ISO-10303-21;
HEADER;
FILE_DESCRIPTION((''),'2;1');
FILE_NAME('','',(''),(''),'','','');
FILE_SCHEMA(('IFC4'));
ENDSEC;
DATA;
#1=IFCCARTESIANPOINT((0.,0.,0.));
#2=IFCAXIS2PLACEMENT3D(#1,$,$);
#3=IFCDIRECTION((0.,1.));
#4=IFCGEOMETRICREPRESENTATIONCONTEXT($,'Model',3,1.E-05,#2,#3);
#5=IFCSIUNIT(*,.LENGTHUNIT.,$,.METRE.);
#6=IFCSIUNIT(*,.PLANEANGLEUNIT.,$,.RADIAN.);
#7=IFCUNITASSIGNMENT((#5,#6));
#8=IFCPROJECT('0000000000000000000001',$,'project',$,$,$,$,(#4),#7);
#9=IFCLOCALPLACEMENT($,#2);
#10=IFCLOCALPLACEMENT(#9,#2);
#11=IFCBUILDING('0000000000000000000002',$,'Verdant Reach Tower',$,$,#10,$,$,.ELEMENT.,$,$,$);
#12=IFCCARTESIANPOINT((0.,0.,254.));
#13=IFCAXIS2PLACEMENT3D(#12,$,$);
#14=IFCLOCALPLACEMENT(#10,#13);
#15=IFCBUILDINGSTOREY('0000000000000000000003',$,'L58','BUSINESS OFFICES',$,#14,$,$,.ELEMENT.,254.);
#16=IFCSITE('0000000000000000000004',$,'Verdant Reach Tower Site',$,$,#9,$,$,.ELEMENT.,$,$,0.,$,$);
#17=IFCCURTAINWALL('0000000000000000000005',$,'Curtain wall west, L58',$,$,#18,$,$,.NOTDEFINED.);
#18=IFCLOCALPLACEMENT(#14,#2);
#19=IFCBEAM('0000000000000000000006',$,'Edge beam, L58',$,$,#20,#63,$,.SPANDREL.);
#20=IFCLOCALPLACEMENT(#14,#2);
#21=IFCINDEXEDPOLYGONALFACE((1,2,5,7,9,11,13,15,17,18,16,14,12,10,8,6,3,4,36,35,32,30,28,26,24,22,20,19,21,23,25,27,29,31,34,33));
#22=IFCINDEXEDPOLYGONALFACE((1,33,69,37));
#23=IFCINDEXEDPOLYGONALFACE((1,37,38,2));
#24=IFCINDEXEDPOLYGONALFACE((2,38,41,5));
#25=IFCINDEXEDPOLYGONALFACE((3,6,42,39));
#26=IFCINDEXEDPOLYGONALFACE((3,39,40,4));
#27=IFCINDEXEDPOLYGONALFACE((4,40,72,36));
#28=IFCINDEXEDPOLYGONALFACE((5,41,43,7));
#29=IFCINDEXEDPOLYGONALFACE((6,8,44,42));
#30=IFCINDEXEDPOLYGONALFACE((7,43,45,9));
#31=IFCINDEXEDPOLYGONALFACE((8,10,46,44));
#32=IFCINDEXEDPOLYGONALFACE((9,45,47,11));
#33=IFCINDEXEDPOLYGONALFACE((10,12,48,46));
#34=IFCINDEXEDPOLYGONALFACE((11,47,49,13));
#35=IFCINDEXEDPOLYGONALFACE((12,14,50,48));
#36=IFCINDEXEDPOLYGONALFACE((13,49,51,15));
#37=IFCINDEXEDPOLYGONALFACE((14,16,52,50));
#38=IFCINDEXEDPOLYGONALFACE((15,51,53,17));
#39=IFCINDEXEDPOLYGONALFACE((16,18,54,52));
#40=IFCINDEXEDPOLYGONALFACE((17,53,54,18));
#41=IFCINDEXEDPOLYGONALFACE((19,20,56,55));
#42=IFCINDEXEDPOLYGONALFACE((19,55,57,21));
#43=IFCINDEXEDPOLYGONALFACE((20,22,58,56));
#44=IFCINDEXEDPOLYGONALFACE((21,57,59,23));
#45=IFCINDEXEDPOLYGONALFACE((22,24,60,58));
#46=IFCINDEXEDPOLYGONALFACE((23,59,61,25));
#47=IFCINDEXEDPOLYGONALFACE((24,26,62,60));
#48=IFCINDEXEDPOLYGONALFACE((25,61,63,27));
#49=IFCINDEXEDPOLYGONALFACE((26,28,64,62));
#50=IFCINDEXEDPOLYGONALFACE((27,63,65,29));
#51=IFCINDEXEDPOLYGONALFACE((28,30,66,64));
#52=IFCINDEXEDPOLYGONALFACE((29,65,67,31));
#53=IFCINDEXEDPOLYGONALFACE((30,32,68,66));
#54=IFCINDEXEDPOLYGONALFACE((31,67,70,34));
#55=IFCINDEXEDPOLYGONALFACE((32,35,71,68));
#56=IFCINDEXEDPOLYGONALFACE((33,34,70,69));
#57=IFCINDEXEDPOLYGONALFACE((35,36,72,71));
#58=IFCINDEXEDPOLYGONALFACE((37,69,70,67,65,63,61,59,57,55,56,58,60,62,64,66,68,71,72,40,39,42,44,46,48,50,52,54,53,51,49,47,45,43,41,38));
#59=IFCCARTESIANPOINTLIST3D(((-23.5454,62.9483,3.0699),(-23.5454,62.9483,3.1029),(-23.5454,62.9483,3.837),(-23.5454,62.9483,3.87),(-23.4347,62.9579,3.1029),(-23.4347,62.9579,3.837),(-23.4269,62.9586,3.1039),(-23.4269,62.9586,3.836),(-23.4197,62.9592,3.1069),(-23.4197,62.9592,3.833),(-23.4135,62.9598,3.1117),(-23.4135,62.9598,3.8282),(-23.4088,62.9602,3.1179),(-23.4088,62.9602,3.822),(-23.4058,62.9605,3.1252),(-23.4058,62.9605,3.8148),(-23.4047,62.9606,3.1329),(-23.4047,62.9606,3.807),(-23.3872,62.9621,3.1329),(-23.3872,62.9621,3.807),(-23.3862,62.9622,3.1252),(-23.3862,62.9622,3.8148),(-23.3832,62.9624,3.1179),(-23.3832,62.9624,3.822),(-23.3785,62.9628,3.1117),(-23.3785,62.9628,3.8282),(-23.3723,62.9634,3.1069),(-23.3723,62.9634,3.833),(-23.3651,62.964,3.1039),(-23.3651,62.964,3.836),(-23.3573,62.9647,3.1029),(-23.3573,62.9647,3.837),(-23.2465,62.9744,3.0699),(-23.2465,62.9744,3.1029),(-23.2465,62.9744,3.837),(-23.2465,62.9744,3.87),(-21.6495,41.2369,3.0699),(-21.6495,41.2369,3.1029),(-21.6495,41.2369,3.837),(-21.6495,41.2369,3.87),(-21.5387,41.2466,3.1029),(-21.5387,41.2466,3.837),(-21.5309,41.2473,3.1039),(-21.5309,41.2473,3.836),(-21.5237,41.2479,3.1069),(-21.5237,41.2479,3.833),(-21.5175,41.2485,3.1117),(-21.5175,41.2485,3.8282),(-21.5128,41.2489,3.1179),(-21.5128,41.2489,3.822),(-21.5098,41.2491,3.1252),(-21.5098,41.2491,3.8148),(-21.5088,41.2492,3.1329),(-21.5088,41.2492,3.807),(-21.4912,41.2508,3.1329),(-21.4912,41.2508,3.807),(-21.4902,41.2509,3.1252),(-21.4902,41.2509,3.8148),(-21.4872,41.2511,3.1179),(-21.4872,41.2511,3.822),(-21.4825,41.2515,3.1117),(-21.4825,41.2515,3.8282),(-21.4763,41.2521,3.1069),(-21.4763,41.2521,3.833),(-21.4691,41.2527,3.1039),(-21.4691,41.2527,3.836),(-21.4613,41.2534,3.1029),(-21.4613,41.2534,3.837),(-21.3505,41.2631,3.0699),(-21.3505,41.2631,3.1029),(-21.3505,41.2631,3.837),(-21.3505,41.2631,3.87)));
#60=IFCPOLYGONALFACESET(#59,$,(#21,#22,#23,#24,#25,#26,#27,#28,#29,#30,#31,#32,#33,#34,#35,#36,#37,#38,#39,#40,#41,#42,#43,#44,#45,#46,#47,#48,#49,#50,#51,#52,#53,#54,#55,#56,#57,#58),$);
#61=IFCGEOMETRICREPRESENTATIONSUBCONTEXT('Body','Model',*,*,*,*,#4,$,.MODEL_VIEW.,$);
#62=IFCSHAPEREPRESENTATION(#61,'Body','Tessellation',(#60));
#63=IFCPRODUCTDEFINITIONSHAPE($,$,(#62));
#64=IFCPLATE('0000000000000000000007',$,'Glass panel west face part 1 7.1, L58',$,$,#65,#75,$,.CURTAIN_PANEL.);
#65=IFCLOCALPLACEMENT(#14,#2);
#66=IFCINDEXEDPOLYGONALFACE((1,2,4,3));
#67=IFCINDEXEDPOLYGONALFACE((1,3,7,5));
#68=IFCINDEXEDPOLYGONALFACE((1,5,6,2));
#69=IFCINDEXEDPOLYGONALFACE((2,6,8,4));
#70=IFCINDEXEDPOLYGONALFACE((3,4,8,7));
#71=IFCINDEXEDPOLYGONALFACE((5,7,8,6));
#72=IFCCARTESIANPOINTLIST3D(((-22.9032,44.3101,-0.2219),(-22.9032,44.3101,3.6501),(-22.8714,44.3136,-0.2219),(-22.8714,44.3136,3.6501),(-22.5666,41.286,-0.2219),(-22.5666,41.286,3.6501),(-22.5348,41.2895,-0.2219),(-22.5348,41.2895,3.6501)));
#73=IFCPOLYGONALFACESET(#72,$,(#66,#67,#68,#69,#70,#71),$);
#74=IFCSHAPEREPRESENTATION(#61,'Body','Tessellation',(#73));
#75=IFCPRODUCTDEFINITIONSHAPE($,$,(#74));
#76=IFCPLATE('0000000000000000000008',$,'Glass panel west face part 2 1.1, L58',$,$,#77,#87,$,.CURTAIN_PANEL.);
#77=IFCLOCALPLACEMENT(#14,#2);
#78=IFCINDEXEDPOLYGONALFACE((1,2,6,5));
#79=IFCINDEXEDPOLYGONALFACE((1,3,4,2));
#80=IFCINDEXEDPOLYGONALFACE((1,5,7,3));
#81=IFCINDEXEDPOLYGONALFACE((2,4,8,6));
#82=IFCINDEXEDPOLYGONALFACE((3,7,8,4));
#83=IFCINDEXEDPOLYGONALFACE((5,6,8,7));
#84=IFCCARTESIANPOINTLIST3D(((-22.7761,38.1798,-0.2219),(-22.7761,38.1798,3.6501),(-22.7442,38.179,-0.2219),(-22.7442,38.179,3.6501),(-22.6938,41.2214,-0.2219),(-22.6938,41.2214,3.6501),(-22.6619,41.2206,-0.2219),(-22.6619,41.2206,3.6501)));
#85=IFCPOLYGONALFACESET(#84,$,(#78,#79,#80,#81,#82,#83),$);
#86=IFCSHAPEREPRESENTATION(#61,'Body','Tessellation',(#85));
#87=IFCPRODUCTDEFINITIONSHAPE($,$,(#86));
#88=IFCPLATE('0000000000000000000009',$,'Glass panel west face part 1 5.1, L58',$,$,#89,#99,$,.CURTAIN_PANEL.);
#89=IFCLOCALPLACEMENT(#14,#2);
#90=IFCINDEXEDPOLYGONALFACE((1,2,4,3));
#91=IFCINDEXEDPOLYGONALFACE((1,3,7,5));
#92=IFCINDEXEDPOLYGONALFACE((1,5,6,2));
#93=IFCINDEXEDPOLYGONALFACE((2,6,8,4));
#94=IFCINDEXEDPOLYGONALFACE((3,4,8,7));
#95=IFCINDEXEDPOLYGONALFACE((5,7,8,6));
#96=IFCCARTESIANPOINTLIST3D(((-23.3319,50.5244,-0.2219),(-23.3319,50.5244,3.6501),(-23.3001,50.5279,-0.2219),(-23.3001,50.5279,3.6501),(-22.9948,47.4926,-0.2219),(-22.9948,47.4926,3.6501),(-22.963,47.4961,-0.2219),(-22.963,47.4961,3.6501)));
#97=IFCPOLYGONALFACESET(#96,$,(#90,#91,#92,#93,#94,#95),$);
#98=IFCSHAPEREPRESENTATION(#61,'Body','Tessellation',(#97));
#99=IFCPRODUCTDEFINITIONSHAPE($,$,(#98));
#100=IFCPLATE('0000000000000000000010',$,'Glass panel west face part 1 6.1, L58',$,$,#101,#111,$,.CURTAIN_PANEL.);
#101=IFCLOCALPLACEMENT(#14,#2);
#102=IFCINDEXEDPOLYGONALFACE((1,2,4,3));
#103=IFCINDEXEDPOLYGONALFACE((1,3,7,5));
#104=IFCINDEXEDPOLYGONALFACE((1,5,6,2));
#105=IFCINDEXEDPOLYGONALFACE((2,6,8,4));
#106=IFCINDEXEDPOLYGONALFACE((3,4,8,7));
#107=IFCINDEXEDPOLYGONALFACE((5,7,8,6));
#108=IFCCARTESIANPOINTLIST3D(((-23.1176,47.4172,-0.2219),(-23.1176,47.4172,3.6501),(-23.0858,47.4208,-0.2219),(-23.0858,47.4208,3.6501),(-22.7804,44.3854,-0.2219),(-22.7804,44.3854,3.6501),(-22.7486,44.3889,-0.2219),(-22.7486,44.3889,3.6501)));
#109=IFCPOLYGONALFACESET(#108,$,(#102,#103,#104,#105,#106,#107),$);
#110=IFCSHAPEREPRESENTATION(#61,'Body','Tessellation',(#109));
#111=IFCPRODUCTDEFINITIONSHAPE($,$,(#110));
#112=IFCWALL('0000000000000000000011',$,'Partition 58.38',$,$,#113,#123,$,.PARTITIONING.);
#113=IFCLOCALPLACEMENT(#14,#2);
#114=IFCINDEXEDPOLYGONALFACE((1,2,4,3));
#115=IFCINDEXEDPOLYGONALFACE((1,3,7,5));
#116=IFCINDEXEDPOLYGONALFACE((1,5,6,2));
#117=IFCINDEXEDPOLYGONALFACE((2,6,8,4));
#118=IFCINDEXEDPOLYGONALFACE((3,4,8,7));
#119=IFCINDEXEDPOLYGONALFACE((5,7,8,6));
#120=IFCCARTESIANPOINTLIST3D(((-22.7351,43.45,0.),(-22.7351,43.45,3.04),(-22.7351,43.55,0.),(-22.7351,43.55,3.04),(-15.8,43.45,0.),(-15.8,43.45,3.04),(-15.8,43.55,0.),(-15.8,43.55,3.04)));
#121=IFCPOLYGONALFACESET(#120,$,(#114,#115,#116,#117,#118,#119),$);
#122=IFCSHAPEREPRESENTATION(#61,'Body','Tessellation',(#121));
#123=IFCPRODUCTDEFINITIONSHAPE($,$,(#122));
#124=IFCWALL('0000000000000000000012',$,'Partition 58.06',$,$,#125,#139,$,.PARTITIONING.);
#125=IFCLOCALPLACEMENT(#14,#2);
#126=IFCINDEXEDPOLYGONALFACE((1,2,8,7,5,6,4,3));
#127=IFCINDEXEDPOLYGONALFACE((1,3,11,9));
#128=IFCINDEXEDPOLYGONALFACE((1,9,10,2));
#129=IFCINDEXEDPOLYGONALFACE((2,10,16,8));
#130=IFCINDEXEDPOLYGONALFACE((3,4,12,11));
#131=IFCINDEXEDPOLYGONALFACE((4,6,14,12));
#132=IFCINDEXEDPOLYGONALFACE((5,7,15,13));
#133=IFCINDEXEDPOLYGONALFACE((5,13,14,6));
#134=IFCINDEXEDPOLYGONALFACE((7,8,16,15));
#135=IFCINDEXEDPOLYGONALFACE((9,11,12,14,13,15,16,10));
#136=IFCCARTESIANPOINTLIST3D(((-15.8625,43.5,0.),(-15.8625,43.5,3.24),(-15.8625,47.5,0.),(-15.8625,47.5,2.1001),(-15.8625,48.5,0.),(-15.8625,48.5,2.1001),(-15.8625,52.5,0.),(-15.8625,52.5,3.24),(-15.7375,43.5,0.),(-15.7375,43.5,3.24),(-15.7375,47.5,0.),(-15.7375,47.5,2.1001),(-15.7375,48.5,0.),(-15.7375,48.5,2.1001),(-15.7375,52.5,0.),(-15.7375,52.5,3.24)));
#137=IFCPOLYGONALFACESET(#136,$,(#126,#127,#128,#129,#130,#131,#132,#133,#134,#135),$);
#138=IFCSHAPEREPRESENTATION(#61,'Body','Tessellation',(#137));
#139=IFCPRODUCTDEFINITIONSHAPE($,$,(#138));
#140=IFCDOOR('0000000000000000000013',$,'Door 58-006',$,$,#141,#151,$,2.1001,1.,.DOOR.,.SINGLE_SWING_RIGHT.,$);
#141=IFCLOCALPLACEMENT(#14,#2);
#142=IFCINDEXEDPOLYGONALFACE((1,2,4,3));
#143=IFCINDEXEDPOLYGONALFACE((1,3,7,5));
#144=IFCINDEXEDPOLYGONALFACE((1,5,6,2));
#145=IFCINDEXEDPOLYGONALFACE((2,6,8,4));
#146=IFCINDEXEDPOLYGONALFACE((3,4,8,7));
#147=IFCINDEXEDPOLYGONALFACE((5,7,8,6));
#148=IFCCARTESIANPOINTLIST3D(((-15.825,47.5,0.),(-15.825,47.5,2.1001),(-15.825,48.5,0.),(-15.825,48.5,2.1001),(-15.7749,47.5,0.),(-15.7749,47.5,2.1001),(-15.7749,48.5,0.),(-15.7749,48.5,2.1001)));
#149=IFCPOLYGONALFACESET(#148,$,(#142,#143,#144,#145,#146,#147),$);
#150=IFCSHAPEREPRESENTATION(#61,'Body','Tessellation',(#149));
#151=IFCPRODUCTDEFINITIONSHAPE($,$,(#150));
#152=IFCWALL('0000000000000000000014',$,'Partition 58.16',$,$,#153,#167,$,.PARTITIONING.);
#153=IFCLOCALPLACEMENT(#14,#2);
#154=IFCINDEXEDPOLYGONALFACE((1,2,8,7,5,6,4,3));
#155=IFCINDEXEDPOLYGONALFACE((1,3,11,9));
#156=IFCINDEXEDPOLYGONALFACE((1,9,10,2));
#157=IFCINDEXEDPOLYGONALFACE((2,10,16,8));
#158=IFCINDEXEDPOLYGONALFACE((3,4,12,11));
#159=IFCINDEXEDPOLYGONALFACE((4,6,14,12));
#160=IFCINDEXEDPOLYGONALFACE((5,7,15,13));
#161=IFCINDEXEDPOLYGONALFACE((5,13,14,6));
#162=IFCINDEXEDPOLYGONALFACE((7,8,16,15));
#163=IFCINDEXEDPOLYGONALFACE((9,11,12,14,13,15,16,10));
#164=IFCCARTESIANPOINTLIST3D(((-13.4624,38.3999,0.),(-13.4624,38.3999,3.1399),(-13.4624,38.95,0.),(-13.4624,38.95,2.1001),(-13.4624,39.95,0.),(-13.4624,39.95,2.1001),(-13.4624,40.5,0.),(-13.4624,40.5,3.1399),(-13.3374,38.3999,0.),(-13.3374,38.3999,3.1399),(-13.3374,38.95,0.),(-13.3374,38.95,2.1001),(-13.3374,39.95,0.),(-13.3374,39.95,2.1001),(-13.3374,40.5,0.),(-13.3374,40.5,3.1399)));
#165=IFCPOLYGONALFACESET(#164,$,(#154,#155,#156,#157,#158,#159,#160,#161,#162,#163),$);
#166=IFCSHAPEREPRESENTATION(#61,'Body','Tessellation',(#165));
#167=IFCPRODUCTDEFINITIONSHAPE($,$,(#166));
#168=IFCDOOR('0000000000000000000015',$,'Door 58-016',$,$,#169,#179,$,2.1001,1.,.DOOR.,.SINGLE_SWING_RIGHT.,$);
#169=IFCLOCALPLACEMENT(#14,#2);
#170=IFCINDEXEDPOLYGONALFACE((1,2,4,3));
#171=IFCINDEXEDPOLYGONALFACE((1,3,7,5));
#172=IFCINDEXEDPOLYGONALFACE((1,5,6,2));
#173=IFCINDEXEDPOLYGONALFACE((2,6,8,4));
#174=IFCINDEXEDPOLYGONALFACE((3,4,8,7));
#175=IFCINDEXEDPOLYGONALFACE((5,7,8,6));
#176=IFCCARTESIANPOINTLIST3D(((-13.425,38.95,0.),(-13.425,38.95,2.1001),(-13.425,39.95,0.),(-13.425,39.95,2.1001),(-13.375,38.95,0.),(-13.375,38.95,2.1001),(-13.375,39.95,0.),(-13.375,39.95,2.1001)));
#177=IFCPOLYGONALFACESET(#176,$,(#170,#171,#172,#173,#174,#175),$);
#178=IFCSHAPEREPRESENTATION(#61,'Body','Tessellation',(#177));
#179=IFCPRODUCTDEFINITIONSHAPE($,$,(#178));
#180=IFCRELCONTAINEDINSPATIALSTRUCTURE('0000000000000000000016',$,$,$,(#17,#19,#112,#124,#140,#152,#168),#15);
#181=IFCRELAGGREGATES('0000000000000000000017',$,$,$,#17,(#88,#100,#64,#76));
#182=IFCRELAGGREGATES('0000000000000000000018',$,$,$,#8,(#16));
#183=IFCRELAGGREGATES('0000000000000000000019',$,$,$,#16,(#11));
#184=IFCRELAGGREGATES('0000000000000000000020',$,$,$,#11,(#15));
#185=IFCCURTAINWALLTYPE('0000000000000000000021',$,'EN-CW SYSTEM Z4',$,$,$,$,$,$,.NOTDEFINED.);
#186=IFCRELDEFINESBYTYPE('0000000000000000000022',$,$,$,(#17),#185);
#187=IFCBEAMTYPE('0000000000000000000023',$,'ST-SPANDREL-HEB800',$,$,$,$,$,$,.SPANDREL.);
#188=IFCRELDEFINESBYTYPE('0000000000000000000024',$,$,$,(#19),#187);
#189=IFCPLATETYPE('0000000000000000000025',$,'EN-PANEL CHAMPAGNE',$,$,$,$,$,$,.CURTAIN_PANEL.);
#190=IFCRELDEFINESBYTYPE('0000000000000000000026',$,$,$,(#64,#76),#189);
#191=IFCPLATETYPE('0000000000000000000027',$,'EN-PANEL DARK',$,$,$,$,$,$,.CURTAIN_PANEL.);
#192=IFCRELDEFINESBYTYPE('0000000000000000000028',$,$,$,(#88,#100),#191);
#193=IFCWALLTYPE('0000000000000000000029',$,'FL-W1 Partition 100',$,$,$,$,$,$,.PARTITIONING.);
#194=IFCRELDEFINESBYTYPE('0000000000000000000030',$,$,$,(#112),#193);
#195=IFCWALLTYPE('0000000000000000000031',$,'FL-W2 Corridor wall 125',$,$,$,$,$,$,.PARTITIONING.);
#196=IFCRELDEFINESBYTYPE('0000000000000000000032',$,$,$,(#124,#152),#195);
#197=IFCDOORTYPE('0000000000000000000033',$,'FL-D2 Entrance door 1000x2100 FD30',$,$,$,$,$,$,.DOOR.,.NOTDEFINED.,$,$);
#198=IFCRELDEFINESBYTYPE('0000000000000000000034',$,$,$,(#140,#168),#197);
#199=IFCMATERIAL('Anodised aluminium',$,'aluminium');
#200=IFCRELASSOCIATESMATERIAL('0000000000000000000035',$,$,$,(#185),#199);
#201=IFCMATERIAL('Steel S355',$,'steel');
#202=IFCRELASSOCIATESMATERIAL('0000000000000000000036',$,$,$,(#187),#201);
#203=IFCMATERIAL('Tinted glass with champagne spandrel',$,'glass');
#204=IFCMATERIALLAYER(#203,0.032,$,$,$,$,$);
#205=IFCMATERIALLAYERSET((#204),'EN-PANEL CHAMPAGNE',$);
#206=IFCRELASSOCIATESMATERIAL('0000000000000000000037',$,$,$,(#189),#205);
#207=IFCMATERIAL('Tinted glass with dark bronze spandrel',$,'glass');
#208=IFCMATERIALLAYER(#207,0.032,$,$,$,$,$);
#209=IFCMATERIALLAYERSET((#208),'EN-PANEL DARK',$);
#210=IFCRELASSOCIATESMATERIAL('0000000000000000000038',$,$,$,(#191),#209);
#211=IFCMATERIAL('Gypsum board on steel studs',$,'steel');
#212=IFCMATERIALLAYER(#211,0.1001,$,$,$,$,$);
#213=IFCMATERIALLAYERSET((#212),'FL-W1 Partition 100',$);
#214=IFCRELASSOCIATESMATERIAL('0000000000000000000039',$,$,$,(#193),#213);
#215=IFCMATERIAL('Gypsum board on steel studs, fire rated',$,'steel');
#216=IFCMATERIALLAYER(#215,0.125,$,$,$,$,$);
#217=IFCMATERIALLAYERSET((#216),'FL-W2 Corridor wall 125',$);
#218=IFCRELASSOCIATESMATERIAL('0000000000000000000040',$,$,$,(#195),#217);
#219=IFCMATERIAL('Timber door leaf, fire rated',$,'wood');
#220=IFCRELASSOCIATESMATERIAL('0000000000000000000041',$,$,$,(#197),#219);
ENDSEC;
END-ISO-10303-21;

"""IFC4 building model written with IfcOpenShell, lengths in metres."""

from ifc_helpers import new_model, si_unit, direction, frame, frame_2d, origin, origin_2d, place, context, subcontext, project, spatial, rectangle, i_section, extrude, material, layer, layer_set, material_profile, profile_set, type_object, element, fill, aggregate, save


model = new_model("IFC4")

# Units and contexts
model_context = context("Model", 3, precision=1e-05, world=origin(), true_north=direction((0.0, 1.0)))
body_context = subcontext(model_context, "Body", "Model", "MODEL_VIEW")
ifc_project = project(units=[si_unit("LENGTHUNIT", "METRE"), si_unit("PLANEANGLEUNIT", "RADIAN")], contexts=[model_context])

# Site, building, storey
site_placement = place(None, origin())
site = spatial("IfcSite", under=ifc_project, at=site_placement, Name="Verdant Reach Tower Site", CompositionType="ELEMENT", RefElevation=0.0)
building_placement = place(site_placement, origin())
building = spatial("IfcBuilding", under=site, at=building_placement, Name="Verdant Reach Tower", CompositionType="ELEMENT")
storey_placement = place(building_placement, frame((0.0, 0.0, 254.0)))
storey = spatial("IfcBuildingStorey", under=building, at=storey_placement, Name="L58", Description="BUSINESS OFFICES", CompositionType="ELEMENT", Elevation=254.0)

# Curtain wall
ifc_material_1 = material(Name="Anodised aluminium", Category="aluminium")
curtain_wall_type = type_object("IfcCurtainWallType", Name="EN-CW SYSTEM Z4", PredefinedType="NOTDEFINED", material=ifc_material_1)
curtain_wall_placement = place(storey_placement, origin())
curtain_wall = element("IfcCurtainWall", 1, at=curtain_wall_placement, inside=storey, type_object=curtain_wall_type, Name="Curtain wall west, L58", PredefinedType="NOTDEFINED")

# Beam
ifc_material_2 = material(Name="Steel S355", Category="steel")
ifc_material_profile_1 = material_profile(ifc_material_2, i_section(OverallWidth=0.3, OverallDepth=0.8, WebThickness=0.0176, FlangeThickness=0.033, FilletRadius=0.03, at=origin_2d()), Name="HEB 800")
ifc_profile_set_1 = profile_set([ifc_material_profile_1], Name="Steel S355")
beam_type_1 = type_object("IfcBeamType", Name="ST-SPANDREL-HEB800", PredefinedType="SPANDREL", material=ifc_profile_set_1)
beam_1_placement = place(storey_placement, frame((-21.5, 41.25, 3.47), z_axis=(-0.086996, 0.996209, 0.0), x_axis=(-0.996209, -0.086996, 0.0)))
element("IfcBeam", 2, at=beam_1_placement, inside=storey, type_object=beam_type_1, Name="Edge beam, L58", PredefinedType="SPANDREL", context=body_context, shape_type="SweptSolid", body=[
    extrude(i_section(OverallWidth=0.3, OverallDepth=0.8, WebThickness=0.0176, FlangeThickness=0.033, FilletRadius=0.03, at=origin_2d()), origin(), (0.0, 0.0, 1.0), 21.7939),
])

# Plates
ifc_material_3 = material(Name="Tinted glass with champagne spandrel", Category="glass")
ifc_layer_1 = layer(ifc_material_3, 0.032)
ifc_layer_set_1 = layer_set([ifc_layer_1], Name="EN-PANEL CHAMPAGNE")
plate_type_1 = type_object("IfcPlateType", Name="EN-PANEL CHAMPAGNE", PredefinedType="CURTAIN_PANEL", material=ifc_layer_set_1)
plate_1_placement = place(storey_placement, frame((-22.719, 42.7998, -0.2219), z_axis=(0.0, 0.0, 1.0), x_axis=(0.110603, -0.993865, 0.0)))
plate_1 = element("IfcPlate", 3, at=plate_1_placement, type_object=plate_type_1, Name="Glass panel west face part 1 7.1, L58", PredefinedType="CURTAIN_PANEL", context=body_context, shape_type="SweptSolid", body=[
    extrude(rectangle(XDim=3.0427, YDim=0.032, at=origin_2d()), origin(), (0.0, 0.0, 1.0), 3.8721),
])
plate_2_placement = place(storey_placement, frame((-22.719, 39.7002, -0.2219), z_axis=(0.0, 0.0, 1.0), x_axis=(-0.027051, -0.999634, 0.0)))
plate_2 = element("IfcPlate", 4, at=plate_2_placement, type_object=plate_type_1, Name="Glass panel west face part 2 1.1, L58", PredefinedType="CURTAIN_PANEL", context=body_context, shape_type="SweptSolid", body=[
    extrude(rectangle(XDim=3.0427, YDim=0.032, at=origin_2d()), origin(), (0.0, 0.0, 1.0), 3.8721),
])
ifc_material_4 = material(Name="Tinted glass with dark bronze spandrel", Category="glass")
ifc_layer_2 = layer(ifc_material_4, 0.032)
ifc_layer_set_2 = layer_set([ifc_layer_2], Name="EN-PANEL DARK")
plate_type_2 = type_object("IfcPlateType", Name="EN-PANEL DARK", PredefinedType="CURTAIN_PANEL", material=ifc_layer_set_2)
plate_3_placement = place(storey_placement, frame((-23.1475, 49.0103, -0.2219), z_axis=(0.0, 0.0, 1.0), x_axis=(0.110518, -0.993874, 0.0)))
plate_3 = element("IfcPlate", 5, at=plate_3_placement, type_object=plate_type_2, Name="Glass panel west face part 1 5.1, L58", PredefinedType="CURTAIN_PANEL", context=body_context, shape_type="SweptSolid", body=[
    extrude(rectangle(XDim=3.0505, YDim=0.032, at=origin_2d()), origin(), (0.0, 0.0, 1.0), 3.8721),
])
plate_4_placement = place(storey_placement, frame((-22.9331, 45.9031, -0.2219), z_axis=(0.0, 0.0, 1.0), x_axis=(0.110518, -0.993874, 0.0)))
plate_4 = element("IfcPlate", 6, at=plate_4_placement, type_object=plate_type_2, Name="Glass panel west face part 1 6.1, L58", PredefinedType="CURTAIN_PANEL", context=body_context, shape_type="SweptSolid", body=[
    extrude(rectangle(XDim=3.0505, YDim=0.032, at=origin_2d()), origin(), (0.0, 0.0, 1.0), 3.8721),
])
aggregate(curtain_wall, [plate_3, plate_4, plate_1, plate_2])

# Wall
ifc_material_5 = material(Name="Gypsum board on steel studs", Category="steel")
ifc_layer_3 = layer(ifc_material_5, 0.1001)
ifc_layer_set_3 = layer_set([ifc_layer_3], Name="FL-W1 Partition 100")
wall_type_1 = type_object("IfcWallType", Name="FL-W1 Partition 100", PredefinedType="PARTITIONING", material=ifc_layer_set_3)
wall_1_placement = place(storey_placement, frame((-15.8, 43.5, 0.0), z_axis=(0.0, 0.0, 1.0), x_axis=(-1.0, 0.0, 0.0)))
element("IfcWall", 7, at=wall_1_placement, inside=storey, type_object=wall_type_1, Name="Partition 58.38", PredefinedType="PARTITIONING", context=body_context, shape_type="SweptSolid", body=[
    extrude(rectangle(XDim=6.9351, YDim=0.1001, at=frame_2d((3.4675, 0.0))), origin(), (0.0, 0.0, 1.0), 3.04),
])

# Walls, openings, doors
ifc_material_6 = material(Name="Gypsum board on steel studs, fire rated", Category="steel")
ifc_layer_4 = layer(ifc_material_6, 0.125)
ifc_layer_set_4 = layer_set([ifc_layer_4], Name="FL-W2 Corridor wall 125")
wall_type_2 = type_object("IfcWallType", Name="FL-W2 Corridor wall 125", PredefinedType="PARTITIONING", material=ifc_layer_set_4)
wall_2_placement = place(storey_placement, frame((-15.8, 43.5, 0.0), z_axis=(0.0, 0.0, 1.0), x_axis=(0.0, 1.0, 0.0)))
wall_2 = element("IfcWall", 8, at=wall_2_placement, inside=storey, type_object=wall_type_2, Name="Partition 58.06", PredefinedType="PARTITIONING", context=body_context, shape_type="SweptSolid", body=[
    extrude(rectangle(XDim=9.0, YDim=0.125, at=frame_2d((4.5, 0.0))), origin(), (0.0, 0.0, 1.0), 3.24),
])
opening_1_placement = place(wall_2_placement, frame((4.0, 0.0, 0.0)))
opening_1 = element("IfcOpeningElement", 9, at=opening_1_placement, cuts=wall_2, PredefinedType="OPENING", context=body_context, shape_type="SweptSolid", body=[
    extrude(rectangle(XDim=1.0, YDim=2.1001, at=frame_2d((0.5, 1.05))), frame((0.0, 0.0725, 0.0), z_axis=(0.0, -1.0, 0.0), x_axis=(1.0, 0.0, 0.0)), (0.0, 0.0, 1.0), 0.145),
])
ifc_material_7 = material(Name="Timber door leaf, fire rated", Category="wood")
door_type = type_object("IfcDoorType", Name="FL-D2 Entrance door 1000x2100 FD30", OperationType="NOTDEFINED", PredefinedType="DOOR", material=ifc_material_7)
door_1_placement = place(opening_1_placement, origin())
door_1 = element("IfcDoor", 10, at=door_1_placement, inside=storey, type_object=door_type, Name="Door 58-006", OperationType="SINGLE_SWING_RIGHT", OverallHeight=2.1001, OverallWidth=1.0, PredefinedType="DOOR", context=body_context, shape_type="SweptSolid", body=[
    extrude(rectangle(XDim=1.0, YDim=2.1001, at=frame_2d((0.5, 1.05))), frame((0.0, 0.0249, 0.0), z_axis=(0.0, -1.0, 0.0), x_axis=(1.0, 0.0, 0.0)), (0.0, 0.0, 1.0), 0.05),
])
fill(opening_1, door_1)
wall_3_placement = place(storey_placement, frame((-13.3999, 40.5, 0.0), z_axis=(0.0, 0.0, 1.0), x_axis=(0.0, -1.0, 0.0)))
wall_3 = element("IfcWall", 11, at=wall_3_placement, inside=storey, type_object=wall_type_2, Name="Partition 58.16", PredefinedType="PARTITIONING", context=body_context, shape_type="SweptSolid", body=[
    extrude(rectangle(XDim=2.1001, YDim=0.125, at=frame_2d((1.05, 0.0))), origin(), (0.0, 0.0, 1.0), 3.1399),
])
opening_2_placement = place(wall_3_placement, frame((0.55, 0.0, 0.0)))
opening_2 = element("IfcOpeningElement", 12, at=opening_2_placement, cuts=wall_3, PredefinedType="OPENING", context=body_context, shape_type="SweptSolid", body=[
    extrude(rectangle(XDim=1.0, YDim=2.1001, at=frame_2d((0.5, 1.05))), frame((0.0, 0.0725, 0.0), z_axis=(0.0, -1.0, 0.0), x_axis=(1.0, 0.0, 0.0)), (0.0, 0.0, 1.0), 0.145),
])
door_2_placement = place(opening_2_placement, origin())
door_2 = element("IfcDoor", 13, at=door_2_placement, inside=storey, type_object=door_type, Name="Door 58-016", OperationType="SINGLE_SWING_RIGHT", OverallHeight=2.1001, OverallWidth=1.0, PredefinedType="DOOR", context=body_context, shape_type="SweptSolid", body=[
    extrude(rectangle(XDim=1.0, YDim=2.1001, at=frame_2d((0.5, 1.05))), frame((0.0, 0.0249, 0.0), z_axis=(0.0, -1.0, 0.0), x_axis=(1.0, 0.0, 0.0)), (0.0, 0.0, 1.0), 0.05),
])
fill(opening_2, door_2)

save(model, "model.ifc")
